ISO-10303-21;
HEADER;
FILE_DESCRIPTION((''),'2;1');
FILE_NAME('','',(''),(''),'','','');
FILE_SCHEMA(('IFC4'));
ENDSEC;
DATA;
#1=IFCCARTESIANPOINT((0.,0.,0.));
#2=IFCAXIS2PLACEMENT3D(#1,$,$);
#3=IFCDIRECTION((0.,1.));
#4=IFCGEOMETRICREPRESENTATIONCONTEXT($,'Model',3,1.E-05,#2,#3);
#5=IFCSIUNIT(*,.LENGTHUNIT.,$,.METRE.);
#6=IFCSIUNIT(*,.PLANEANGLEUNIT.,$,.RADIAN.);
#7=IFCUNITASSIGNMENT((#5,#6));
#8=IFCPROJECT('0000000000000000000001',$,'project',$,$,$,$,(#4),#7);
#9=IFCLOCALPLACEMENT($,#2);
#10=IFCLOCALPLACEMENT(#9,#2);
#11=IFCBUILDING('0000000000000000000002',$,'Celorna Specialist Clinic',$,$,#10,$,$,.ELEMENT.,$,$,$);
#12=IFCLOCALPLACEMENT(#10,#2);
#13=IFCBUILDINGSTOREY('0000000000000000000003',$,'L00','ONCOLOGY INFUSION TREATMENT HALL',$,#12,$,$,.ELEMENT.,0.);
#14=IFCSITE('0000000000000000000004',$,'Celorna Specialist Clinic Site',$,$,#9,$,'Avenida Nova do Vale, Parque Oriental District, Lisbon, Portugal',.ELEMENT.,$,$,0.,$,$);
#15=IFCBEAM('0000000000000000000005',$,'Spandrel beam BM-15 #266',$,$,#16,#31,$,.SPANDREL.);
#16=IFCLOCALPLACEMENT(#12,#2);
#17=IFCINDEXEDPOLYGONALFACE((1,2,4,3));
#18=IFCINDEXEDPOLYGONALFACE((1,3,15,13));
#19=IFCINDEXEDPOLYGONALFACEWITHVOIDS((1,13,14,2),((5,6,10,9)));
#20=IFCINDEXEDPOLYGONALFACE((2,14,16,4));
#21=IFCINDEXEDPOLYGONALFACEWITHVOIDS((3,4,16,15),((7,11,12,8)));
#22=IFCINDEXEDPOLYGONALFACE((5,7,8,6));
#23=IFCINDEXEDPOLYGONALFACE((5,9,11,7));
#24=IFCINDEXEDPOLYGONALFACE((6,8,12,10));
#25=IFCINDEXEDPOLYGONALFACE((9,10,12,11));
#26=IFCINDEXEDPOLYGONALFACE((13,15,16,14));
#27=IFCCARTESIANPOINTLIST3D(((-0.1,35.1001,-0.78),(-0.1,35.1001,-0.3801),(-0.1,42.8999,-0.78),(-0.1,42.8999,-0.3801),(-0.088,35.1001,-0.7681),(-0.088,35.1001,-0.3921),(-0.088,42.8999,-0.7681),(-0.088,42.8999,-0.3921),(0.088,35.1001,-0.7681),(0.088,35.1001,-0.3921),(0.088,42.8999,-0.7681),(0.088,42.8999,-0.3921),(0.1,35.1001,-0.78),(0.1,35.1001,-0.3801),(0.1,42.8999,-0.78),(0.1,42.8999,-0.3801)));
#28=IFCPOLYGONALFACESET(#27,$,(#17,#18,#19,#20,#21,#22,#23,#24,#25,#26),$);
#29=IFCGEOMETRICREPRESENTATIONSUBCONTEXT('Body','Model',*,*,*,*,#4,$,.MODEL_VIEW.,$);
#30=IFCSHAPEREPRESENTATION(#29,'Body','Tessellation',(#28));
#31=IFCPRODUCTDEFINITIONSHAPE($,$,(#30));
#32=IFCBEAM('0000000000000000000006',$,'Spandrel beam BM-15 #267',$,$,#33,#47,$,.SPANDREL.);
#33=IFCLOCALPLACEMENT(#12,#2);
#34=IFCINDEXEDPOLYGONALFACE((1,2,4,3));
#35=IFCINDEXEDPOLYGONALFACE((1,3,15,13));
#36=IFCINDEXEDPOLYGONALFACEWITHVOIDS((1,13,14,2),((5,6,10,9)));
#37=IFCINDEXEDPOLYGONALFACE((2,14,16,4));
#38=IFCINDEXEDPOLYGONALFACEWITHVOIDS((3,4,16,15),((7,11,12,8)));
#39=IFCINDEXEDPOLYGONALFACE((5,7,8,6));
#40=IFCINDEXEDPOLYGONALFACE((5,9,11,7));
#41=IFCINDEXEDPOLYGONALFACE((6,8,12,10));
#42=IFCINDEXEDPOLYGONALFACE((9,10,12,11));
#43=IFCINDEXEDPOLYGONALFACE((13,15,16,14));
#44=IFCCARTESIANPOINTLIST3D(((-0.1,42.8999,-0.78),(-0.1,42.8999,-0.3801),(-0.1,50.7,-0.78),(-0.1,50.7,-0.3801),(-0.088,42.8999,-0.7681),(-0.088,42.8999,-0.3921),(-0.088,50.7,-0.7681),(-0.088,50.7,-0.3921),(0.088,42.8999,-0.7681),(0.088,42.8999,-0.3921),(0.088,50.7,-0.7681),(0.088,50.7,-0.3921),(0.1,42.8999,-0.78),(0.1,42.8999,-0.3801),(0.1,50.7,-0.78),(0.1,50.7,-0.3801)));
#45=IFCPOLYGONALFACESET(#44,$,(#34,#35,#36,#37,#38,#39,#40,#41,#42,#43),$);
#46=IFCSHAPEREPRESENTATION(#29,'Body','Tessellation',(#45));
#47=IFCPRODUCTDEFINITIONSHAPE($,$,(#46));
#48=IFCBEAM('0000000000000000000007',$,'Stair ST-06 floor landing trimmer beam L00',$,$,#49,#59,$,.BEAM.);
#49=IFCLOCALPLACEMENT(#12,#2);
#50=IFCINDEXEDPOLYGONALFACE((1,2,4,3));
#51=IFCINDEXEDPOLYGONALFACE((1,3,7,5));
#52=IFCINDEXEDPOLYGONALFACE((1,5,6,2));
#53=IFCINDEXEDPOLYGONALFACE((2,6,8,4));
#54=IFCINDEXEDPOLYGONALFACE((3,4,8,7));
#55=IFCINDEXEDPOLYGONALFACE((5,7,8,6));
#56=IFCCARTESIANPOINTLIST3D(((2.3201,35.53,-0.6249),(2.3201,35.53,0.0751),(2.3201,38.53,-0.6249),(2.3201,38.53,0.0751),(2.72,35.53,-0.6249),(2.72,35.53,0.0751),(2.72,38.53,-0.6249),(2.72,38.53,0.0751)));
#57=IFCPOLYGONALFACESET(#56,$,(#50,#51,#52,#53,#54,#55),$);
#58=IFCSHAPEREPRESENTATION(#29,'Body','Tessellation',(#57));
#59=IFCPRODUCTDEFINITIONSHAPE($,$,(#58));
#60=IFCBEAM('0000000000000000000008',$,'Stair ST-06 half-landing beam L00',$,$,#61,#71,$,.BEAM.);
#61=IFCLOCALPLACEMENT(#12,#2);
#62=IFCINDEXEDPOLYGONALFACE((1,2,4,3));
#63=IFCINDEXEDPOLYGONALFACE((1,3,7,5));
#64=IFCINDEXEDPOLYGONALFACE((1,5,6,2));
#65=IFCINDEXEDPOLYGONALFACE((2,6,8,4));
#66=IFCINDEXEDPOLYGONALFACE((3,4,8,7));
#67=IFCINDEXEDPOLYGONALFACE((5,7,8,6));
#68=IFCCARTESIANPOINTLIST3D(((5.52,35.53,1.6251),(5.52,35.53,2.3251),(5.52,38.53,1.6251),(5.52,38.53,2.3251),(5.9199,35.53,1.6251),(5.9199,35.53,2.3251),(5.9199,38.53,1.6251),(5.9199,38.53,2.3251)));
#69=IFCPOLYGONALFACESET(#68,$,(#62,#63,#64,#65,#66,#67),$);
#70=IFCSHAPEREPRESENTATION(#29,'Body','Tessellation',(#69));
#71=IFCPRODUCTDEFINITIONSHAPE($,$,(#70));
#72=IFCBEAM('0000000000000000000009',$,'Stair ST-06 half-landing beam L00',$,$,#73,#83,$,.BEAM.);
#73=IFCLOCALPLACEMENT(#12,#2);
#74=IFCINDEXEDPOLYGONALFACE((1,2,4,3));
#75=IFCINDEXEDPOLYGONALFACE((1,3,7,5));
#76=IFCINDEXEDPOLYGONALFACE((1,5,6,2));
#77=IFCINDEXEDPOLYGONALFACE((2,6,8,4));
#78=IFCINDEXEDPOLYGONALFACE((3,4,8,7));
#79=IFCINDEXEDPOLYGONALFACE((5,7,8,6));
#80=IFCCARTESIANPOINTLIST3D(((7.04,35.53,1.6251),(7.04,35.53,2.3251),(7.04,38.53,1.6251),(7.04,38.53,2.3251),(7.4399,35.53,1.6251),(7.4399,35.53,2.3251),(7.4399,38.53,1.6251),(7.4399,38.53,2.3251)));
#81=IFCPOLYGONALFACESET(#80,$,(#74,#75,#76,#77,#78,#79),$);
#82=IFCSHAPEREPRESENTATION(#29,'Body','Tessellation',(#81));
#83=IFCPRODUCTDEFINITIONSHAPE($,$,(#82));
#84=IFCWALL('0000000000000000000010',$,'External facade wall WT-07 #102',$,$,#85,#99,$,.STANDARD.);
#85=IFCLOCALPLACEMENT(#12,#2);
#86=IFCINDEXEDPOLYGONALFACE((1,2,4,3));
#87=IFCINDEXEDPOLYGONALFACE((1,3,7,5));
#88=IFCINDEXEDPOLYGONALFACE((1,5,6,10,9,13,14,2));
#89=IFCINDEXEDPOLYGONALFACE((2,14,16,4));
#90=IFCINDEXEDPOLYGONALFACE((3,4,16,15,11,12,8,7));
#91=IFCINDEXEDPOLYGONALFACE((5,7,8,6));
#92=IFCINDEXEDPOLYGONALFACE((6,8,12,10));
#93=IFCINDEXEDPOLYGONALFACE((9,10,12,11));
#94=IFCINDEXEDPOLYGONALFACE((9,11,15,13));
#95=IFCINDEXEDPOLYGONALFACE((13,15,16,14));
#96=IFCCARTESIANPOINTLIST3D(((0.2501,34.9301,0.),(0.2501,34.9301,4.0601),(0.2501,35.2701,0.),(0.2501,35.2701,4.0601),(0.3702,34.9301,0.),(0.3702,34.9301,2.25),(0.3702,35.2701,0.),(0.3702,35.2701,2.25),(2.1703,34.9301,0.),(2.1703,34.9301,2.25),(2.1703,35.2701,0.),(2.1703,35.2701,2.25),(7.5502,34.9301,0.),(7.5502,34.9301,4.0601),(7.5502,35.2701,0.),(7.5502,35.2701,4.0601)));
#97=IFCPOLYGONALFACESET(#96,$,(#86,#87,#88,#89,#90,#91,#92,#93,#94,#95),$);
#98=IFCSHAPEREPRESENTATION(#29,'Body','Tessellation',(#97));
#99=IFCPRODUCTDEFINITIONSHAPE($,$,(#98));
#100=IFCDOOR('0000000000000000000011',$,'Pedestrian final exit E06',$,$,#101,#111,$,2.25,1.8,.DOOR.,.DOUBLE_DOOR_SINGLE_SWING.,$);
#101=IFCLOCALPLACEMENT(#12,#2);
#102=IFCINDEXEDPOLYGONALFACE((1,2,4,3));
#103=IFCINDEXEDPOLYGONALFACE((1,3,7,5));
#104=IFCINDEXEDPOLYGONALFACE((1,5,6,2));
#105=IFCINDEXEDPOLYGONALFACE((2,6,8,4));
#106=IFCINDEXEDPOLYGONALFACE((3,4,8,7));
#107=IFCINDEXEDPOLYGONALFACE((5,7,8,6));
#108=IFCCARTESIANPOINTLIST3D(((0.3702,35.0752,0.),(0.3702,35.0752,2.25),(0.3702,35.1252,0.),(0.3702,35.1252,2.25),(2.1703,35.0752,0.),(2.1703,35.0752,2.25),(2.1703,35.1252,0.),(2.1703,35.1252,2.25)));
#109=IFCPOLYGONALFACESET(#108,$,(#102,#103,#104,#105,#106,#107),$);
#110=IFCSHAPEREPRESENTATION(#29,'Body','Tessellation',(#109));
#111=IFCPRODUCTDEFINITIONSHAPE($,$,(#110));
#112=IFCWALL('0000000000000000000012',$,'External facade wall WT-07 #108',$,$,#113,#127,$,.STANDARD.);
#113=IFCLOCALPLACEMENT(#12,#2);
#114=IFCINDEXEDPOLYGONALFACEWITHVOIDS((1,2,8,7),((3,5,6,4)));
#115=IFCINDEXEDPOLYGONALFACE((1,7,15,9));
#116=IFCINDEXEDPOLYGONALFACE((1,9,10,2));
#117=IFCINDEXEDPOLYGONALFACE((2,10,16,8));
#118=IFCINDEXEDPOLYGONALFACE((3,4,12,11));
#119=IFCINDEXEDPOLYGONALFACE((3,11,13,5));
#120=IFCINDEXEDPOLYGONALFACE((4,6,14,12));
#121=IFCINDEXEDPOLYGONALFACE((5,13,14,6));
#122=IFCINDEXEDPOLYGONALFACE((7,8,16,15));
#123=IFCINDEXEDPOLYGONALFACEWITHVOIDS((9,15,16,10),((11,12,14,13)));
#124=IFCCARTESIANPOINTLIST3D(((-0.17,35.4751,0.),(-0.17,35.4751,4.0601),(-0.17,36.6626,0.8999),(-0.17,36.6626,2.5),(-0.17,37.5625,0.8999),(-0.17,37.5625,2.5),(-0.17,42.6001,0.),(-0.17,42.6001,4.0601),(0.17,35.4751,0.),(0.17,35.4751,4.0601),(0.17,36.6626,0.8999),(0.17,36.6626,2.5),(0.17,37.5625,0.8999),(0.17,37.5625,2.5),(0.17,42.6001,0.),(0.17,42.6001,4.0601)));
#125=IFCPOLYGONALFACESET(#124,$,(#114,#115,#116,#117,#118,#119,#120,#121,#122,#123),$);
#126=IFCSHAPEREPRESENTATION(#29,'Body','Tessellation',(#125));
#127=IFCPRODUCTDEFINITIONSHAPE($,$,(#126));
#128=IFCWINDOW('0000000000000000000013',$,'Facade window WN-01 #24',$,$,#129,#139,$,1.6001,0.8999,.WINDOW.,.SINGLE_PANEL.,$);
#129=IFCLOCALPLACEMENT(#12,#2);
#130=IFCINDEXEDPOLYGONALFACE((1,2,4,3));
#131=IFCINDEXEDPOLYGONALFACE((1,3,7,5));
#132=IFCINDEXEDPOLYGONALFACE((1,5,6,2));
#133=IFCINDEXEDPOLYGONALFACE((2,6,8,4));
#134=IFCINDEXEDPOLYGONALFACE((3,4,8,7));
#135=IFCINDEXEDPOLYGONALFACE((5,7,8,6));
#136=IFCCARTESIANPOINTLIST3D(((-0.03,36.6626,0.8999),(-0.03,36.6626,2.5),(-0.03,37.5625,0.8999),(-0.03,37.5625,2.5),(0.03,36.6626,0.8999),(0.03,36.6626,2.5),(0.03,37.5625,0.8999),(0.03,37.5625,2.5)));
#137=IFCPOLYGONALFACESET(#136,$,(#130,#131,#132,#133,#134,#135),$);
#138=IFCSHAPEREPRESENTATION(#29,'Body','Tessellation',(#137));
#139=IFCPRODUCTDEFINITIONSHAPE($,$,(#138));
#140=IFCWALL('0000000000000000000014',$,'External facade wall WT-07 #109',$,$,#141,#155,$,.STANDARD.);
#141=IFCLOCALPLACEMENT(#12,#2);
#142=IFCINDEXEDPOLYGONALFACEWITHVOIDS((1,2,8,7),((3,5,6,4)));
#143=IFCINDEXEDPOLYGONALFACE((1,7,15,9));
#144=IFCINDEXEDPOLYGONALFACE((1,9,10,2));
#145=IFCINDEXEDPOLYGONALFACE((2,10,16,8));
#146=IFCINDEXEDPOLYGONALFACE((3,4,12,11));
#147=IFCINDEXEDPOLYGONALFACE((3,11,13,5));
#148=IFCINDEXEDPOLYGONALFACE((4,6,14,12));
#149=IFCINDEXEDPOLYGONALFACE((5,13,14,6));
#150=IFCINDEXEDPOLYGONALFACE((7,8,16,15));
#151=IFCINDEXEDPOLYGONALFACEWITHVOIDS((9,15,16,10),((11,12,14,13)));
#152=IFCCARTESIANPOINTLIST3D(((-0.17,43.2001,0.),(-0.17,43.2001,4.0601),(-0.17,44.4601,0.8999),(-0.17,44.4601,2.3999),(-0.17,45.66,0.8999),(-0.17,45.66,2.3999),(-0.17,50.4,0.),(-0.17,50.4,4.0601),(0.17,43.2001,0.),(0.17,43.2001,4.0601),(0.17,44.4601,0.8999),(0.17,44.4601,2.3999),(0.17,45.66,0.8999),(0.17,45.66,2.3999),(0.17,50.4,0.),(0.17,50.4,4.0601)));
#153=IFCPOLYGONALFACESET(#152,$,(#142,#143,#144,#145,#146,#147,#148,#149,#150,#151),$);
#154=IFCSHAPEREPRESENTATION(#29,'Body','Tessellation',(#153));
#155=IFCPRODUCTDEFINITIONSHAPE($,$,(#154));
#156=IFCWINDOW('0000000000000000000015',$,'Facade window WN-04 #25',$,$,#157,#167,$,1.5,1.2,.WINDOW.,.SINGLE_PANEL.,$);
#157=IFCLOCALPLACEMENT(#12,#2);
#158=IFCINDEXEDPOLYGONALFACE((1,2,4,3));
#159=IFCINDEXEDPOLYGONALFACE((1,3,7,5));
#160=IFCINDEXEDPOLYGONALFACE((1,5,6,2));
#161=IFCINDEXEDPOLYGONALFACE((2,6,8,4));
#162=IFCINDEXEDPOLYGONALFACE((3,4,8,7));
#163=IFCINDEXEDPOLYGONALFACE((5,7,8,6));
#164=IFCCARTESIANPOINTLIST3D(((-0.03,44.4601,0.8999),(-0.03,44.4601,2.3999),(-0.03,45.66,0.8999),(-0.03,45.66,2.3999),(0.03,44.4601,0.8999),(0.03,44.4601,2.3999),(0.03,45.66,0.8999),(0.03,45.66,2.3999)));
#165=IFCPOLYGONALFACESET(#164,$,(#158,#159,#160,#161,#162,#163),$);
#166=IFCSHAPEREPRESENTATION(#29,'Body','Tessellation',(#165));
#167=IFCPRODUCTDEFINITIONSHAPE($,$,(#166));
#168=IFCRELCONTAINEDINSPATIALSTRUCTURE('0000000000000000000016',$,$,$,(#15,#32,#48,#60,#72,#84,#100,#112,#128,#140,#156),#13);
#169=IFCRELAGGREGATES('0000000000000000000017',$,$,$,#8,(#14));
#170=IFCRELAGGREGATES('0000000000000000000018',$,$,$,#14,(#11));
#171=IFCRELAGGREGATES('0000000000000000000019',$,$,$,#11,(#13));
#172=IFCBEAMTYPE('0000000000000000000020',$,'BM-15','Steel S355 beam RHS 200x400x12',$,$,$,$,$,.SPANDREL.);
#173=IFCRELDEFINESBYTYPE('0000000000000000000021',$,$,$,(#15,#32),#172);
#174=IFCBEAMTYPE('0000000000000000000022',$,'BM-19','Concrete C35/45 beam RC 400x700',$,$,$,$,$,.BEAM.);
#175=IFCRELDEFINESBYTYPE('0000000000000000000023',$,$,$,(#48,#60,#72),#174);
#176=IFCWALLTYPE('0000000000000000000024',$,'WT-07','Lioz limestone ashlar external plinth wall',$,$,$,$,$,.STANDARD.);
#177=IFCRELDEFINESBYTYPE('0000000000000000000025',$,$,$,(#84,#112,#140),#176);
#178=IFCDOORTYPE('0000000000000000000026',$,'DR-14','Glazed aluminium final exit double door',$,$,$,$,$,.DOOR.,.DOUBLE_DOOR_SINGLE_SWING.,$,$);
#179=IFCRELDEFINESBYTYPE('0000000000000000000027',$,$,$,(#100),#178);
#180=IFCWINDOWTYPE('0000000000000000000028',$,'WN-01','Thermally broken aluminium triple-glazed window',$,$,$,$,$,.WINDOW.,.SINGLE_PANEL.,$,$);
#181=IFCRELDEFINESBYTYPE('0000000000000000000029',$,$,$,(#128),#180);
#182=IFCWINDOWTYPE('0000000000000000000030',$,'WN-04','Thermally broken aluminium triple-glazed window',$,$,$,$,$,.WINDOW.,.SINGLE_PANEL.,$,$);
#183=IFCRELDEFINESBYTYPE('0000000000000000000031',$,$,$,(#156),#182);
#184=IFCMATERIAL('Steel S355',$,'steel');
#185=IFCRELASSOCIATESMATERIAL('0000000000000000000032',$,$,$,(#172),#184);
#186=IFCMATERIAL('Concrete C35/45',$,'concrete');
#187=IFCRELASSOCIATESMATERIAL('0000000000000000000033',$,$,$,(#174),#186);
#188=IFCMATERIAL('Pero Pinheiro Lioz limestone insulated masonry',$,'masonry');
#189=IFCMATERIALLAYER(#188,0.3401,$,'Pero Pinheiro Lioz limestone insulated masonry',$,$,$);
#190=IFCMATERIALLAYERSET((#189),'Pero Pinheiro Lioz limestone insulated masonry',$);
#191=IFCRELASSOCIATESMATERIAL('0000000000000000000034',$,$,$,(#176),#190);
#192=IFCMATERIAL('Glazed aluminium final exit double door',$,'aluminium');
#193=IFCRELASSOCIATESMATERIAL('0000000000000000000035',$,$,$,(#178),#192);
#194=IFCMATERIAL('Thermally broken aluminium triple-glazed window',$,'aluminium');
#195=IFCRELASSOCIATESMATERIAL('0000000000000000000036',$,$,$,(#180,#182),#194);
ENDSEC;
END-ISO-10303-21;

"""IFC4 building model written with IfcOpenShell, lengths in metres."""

from ifc_helpers import new_model, si_unit, direction, frame, frame_2d, origin, origin_2d, place, context, subcontext, project, spatial, rectangle, hollow_rectangle, extrude, material, layer, layer_set, material_profile, profile_set, type_object, element, fill, save


model = new_model("IFC4")

# Units and contexts
model_context = context("Model", 3, precision=1e-05, world=origin(), true_north=direction((0.0, 1.0)))
body_context = subcontext(model_context, "Body", "Model", "MODEL_VIEW")
ifc_project = project(units=[si_unit("LENGTHUNIT", "METRE"), si_unit("PLANEANGLEUNIT", "RADIAN")], contexts=[model_context])

# Site, building, storey
site_placement = place(None, origin())
site = spatial("IfcSite", under=ifc_project, at=site_placement, Name="Celorna Specialist Clinic Site", LongName="Avenida Nova do Vale, Parque Oriental District, Lisbon, Portugal", CompositionType="ELEMENT", RefElevation=0.0)
building_placement = place(site_placement, origin())
building = spatial("IfcBuilding", under=site, at=building_placement, Name="Celorna Specialist Clinic", CompositionType="ELEMENT")
storey_placement = place(building_placement, origin())
storey = spatial("IfcBuildingStorey", under=building, at=storey_placement, Name="L00", Description="ONCOLOGY INFUSION TREATMENT HALL", CompositionType="ELEMENT", Elevation=0.0)

# Shared definitions
ifc_material_1 = material(Name="Concrete C35/45", Category="concrete")

# Beams
ifc_material_2 = material(Name="Steel S355", Category="steel")
ifc_material_profile_1 = material_profile(ifc_material_2, hollow_rectangle(XDim=0.2, YDim=0.3999, WallThickness=0.012, at=origin_2d()), Name="RHS 200x400x12")
ifc_profile_set_1 = profile_set([ifc_material_profile_1], Name="Steel S355")
beam_type_1 = type_object("IfcBeamType", Name="BM-15", Description="Steel S355 beam RHS 200x400x12", PredefinedType="SPANDREL", material=ifc_profile_set_1)
beam_1_placement = place(storey_placement, frame((0.0, 35.1001, -0.5801), z_axis=(0.0, 1.0, 0.0), x_axis=(-1.0, 0.0, 0.0)))
element("IfcBeam", 1, at=beam_1_placement, inside=storey, type_object=beam_type_1, Name="Spandrel beam BM-15 #266", PredefinedType="SPANDREL", context=body_context, shape_type="SweptSolid", body=[
    extrude(hollow_rectangle(XDim=0.2, YDim=0.3999, WallThickness=0.012, at=origin_2d()), origin(), (0.0, 0.0, 1.0), 7.7998),
])
beam_2_placement = place(storey_placement, frame((0.0, 42.8999, -0.5801), z_axis=(0.0, 1.0, 0.0), x_axis=(-1.0, 0.0, 0.0)))
element("IfcBeam", 2, at=beam_2_placement, inside=storey, type_object=beam_type_1, Name="Spandrel beam BM-15 #267", PredefinedType="SPANDREL", context=body_context, shape_type="SweptSolid", body=[
    extrude(hollow_rectangle(XDim=0.2, YDim=0.3999, WallThickness=0.012, at=origin_2d()), origin(), (0.0, 0.0, 1.0), 7.8),
])
ifc_material_profile_2 = material_profile(ifc_material_1, rectangle(XDim=0.3999, YDim=0.7, at=origin_2d()), Name="RC 400x700")
ifc_profile_set_2 = profile_set([ifc_material_profile_2], Name="Concrete C35/45")
beam_type_2 = type_object("IfcBeamType", Name="BM-19", Description="Concrete C35/45 beam RC 400x700", PredefinedType="BEAM", material=ifc_profile_set_2)
for number, where, z_axis, x_axis, name in (
    (3, (2.52, 35.53, -0.2749), (0.0, 1.0, 0.0), (-1.0, 0.0, 0.0), "Stair ST-06 floor landing trimmer beam L00"),
    (4, (5.72, 35.53, 1.9751), (0.0, 1.0, 0.0), (-1.0, 0.0, 0.0), "Stair ST-06 half-landing beam L00"),
    (5, (7.24, 35.53, 1.9751), (0.0, 1.0, 0.0), (-1.0, 0.0, 0.0), "Stair ST-06 half-landing beam L00"),
):
    element("IfcBeam", number, at=place(storey_placement, frame(where, z_axis=z_axis, x_axis=x_axis)), inside=storey, type_object=beam_type_2, Name=name, PredefinedType="BEAM", context=body_context, shape_type="SweptSolid", body=[
        extrude(rectangle(XDim=0.3999, YDim=0.7, at=origin_2d()), origin(), (0.0, 0.0, 1.0), 3.0),
    ])

# Wall, opening, door
ifc_material_3 = material(Name="Pero Pinheiro Lioz limestone insulated masonry", Category="masonry")
ifc_layer_1 = layer(ifc_material_3, 0.3401, Name="Pero Pinheiro Lioz limestone insulated masonry")
ifc_layer_set_1 = layer_set([ifc_layer_1], Name="Pero Pinheiro Lioz limestone insulated masonry")
wall_type_1 = type_object("IfcWallType", Name="WT-07", Description="Lioz limestone ashlar external plinth wall", PredefinedType="STANDARD", material=ifc_layer_set_1)
wall_1_placement = place(storey_placement, frame((7.55, 35.1001, 0.0), z_axis=(0.0, 0.0, 1.0), x_axis=(-1.0, 0.0, 0.0)))
wall_1 = element("IfcWall", 6, at=wall_1_placement, inside=storey, type_object=wall_type_1, Name="External facade wall WT-07 #102", PredefinedType="STANDARD", context=body_context, shape_type="SweptSolid", body=[
    extrude(rectangle(XDim=7.3, YDim=0.3401, at=frame_2d((3.6499, 0.0))), origin(), (0.0, 0.0, 1.0), 4.0601),
])
opening_1_placement = place(wall_1_placement, frame((5.3799, 0.0, 0.0)))
opening_1 = element("IfcOpeningElement", 7, at=opening_1_placement, cuts=wall_1, PredefinedType="OPENING", context=body_context, shape_type="SweptSolid", body=[
    extrude(rectangle(XDim=1.8, YDim=2.25, at=frame_2d((0.8999, 1.125))), frame((0.0, 0.1799, 0.0), z_axis=(0.0, -1.0, 0.0), x_axis=(1.0, 0.0, 0.0)), (0.0, 0.0, 1.0), 0.3601),
])
ifc_material_4 = material(Name="Glazed aluminium final exit double door", Category="aluminium")
door_type = type_object("IfcDoorType", Name="DR-14", Description="Glazed aluminium final exit double door", OperationType="DOUBLE_DOOR_SINGLE_SWING", PredefinedType="DOOR", material=ifc_material_4)
door_placement = place(opening_1_placement, origin())
door = element("IfcDoor", 8, at=door_placement, inside=storey, type_object=door_type, Name="Pedestrian final exit E06", OperationType="DOUBLE_DOOR_SINGLE_SWING", OverallHeight=2.25, OverallWidth=1.8, PredefinedType="DOOR", context=body_context, shape_type="SweptSolid", body=[
    extrude(rectangle(XDim=1.8, YDim=2.25, at=frame_2d((0.8999, 1.125))), frame((0.0, 0.0249, 0.0), z_axis=(0.0, -1.0, 0.0), x_axis=(1.0, 0.0, 0.0)), (0.0, 0.0, 1.0), 0.05),
])
fill(opening_1, door)

# Walls, openings, windows
wall_2_placement = place(storey_placement, frame((0.0, 35.4751, 0.0), z_axis=(0.0, 0.0, 1.0), x_axis=(0.0, 1.0, 0.0)))
wall_2 = element("IfcWall", 9, at=wall_2_placement, inside=storey, type_object=wall_type_1, Name="External facade wall WT-07 #108", PredefinedType="STANDARD", context=body_context, shape_type="SweptSolid", body=[
    extrude(rectangle(XDim=7.125, YDim=0.3401, at=frame_2d((3.5625, 0.0))), origin(), (0.0, 0.0, 1.0), 4.0601),
])
opening_2_placement = place(wall_2_placement, frame((1.1875, 0.0, 0.8999)))
opening_2 = element("IfcOpeningElement", 10, at=opening_2_placement, cuts=wall_2, PredefinedType="OPENING", context=body_context, shape_type="SweptSolid", body=[
    extrude(rectangle(XDim=0.8999, YDim=1.6001, at=frame_2d((0.45, 0.8))), frame((0.0, 0.1799, 0.0), z_axis=(0.0, -1.0, 0.0), x_axis=(1.0, 0.0, 0.0)), (0.0, 0.0, 1.0), 0.3601),
])
ifc_material_5 = material(Name="Thermally broken aluminium triple-glazed window", Category="aluminium")
window_type_1 = type_object("IfcWindowType", Name="WN-01", Description="Thermally broken aluminium triple-glazed window", PartitioningType="SINGLE_PANEL", PredefinedType="WINDOW", material=ifc_material_5)
window_1_placement = place(opening_2_placement, origin())
window_1 = element("IfcWindow", 11, at=window_1_placement, inside=storey, type_object=window_type_1, Name="Facade window WN-01 #24", OverallHeight=1.6001, OverallWidth=0.8999, PartitioningType="SINGLE_PANEL", PredefinedType="WINDOW", context=body_context, shape_type="SweptSolid", body=[
    extrude(rectangle(XDim=0.8999, YDim=1.6001, at=frame_2d((0.45, 0.8))), frame((0.0, 0.03, 0.0), z_axis=(0.0, -1.0, 0.0), x_axis=(1.0, 0.0, 0.0)), (0.0, 0.0, 1.0), 0.0601),
])
fill(opening_2, window_1)
wall_3_placement = place(storey_placement, frame((0.0, 43.2, 0.0), z_axis=(0.0, 0.0, 1.0), x_axis=(0.0, 1.0, 0.0)))
wall_3 = element("IfcWall", 12, at=wall_3_placement, inside=storey, type_object=wall_type_1, Name="External facade wall WT-07 #109", PredefinedType="STANDARD", context=body_context, shape_type="SweptSolid", body=[
    extrude(rectangle(XDim=7.2, YDim=0.3401, at=frame_2d((3.6001, 0.0))), origin(), (0.0, 0.0, 1.0), 4.0601),
])
opening_3_placement = place(wall_3_placement, frame((1.26, 0.0, 0.8999)))
opening_3 = element("IfcOpeningElement", 13, at=opening_3_placement, cuts=wall_3, PredefinedType="OPENING", context=body_context, shape_type="SweptSolid", body=[
    extrude(rectangle(XDim=1.2, YDim=1.5, at=frame_2d((0.6001, 0.75))), frame((0.0, 0.1799, 0.0), z_axis=(0.0, -1.0, 0.0), x_axis=(1.0, 0.0, 0.0)), (0.0, 0.0, 1.0), 0.3601),
])
window_type_2 = type_object("IfcWindowType", Name="WN-04", Description="Thermally broken aluminium triple-glazed window", PartitioningType="SINGLE_PANEL", PredefinedType="WINDOW", material=ifc_material_5)
window_2_placement = place(opening_3_placement, origin())
window_2 = element("IfcWindow", 14, at=window_2_placement, inside=storey, type_object=window_type_2, Name="Facade window WN-04 #25", OverallHeight=1.5, OverallWidth=1.2, PartitioningType="SINGLE_PANEL", PredefinedType="WINDOW", context=body_context, shape_type="SweptSolid", body=[
    extrude(rectangle(XDim=1.2, YDim=1.5, at=frame_2d((0.6001, 0.75))), frame((0.0, 0.03, 0.0), z_axis=(0.0, -1.0, 0.0), x_axis=(1.0, 0.0, 0.0)), (0.0, 0.0, 1.0), 0.0601),
])
fill(opening_3, window_2)

save(model, "model.ifc")
